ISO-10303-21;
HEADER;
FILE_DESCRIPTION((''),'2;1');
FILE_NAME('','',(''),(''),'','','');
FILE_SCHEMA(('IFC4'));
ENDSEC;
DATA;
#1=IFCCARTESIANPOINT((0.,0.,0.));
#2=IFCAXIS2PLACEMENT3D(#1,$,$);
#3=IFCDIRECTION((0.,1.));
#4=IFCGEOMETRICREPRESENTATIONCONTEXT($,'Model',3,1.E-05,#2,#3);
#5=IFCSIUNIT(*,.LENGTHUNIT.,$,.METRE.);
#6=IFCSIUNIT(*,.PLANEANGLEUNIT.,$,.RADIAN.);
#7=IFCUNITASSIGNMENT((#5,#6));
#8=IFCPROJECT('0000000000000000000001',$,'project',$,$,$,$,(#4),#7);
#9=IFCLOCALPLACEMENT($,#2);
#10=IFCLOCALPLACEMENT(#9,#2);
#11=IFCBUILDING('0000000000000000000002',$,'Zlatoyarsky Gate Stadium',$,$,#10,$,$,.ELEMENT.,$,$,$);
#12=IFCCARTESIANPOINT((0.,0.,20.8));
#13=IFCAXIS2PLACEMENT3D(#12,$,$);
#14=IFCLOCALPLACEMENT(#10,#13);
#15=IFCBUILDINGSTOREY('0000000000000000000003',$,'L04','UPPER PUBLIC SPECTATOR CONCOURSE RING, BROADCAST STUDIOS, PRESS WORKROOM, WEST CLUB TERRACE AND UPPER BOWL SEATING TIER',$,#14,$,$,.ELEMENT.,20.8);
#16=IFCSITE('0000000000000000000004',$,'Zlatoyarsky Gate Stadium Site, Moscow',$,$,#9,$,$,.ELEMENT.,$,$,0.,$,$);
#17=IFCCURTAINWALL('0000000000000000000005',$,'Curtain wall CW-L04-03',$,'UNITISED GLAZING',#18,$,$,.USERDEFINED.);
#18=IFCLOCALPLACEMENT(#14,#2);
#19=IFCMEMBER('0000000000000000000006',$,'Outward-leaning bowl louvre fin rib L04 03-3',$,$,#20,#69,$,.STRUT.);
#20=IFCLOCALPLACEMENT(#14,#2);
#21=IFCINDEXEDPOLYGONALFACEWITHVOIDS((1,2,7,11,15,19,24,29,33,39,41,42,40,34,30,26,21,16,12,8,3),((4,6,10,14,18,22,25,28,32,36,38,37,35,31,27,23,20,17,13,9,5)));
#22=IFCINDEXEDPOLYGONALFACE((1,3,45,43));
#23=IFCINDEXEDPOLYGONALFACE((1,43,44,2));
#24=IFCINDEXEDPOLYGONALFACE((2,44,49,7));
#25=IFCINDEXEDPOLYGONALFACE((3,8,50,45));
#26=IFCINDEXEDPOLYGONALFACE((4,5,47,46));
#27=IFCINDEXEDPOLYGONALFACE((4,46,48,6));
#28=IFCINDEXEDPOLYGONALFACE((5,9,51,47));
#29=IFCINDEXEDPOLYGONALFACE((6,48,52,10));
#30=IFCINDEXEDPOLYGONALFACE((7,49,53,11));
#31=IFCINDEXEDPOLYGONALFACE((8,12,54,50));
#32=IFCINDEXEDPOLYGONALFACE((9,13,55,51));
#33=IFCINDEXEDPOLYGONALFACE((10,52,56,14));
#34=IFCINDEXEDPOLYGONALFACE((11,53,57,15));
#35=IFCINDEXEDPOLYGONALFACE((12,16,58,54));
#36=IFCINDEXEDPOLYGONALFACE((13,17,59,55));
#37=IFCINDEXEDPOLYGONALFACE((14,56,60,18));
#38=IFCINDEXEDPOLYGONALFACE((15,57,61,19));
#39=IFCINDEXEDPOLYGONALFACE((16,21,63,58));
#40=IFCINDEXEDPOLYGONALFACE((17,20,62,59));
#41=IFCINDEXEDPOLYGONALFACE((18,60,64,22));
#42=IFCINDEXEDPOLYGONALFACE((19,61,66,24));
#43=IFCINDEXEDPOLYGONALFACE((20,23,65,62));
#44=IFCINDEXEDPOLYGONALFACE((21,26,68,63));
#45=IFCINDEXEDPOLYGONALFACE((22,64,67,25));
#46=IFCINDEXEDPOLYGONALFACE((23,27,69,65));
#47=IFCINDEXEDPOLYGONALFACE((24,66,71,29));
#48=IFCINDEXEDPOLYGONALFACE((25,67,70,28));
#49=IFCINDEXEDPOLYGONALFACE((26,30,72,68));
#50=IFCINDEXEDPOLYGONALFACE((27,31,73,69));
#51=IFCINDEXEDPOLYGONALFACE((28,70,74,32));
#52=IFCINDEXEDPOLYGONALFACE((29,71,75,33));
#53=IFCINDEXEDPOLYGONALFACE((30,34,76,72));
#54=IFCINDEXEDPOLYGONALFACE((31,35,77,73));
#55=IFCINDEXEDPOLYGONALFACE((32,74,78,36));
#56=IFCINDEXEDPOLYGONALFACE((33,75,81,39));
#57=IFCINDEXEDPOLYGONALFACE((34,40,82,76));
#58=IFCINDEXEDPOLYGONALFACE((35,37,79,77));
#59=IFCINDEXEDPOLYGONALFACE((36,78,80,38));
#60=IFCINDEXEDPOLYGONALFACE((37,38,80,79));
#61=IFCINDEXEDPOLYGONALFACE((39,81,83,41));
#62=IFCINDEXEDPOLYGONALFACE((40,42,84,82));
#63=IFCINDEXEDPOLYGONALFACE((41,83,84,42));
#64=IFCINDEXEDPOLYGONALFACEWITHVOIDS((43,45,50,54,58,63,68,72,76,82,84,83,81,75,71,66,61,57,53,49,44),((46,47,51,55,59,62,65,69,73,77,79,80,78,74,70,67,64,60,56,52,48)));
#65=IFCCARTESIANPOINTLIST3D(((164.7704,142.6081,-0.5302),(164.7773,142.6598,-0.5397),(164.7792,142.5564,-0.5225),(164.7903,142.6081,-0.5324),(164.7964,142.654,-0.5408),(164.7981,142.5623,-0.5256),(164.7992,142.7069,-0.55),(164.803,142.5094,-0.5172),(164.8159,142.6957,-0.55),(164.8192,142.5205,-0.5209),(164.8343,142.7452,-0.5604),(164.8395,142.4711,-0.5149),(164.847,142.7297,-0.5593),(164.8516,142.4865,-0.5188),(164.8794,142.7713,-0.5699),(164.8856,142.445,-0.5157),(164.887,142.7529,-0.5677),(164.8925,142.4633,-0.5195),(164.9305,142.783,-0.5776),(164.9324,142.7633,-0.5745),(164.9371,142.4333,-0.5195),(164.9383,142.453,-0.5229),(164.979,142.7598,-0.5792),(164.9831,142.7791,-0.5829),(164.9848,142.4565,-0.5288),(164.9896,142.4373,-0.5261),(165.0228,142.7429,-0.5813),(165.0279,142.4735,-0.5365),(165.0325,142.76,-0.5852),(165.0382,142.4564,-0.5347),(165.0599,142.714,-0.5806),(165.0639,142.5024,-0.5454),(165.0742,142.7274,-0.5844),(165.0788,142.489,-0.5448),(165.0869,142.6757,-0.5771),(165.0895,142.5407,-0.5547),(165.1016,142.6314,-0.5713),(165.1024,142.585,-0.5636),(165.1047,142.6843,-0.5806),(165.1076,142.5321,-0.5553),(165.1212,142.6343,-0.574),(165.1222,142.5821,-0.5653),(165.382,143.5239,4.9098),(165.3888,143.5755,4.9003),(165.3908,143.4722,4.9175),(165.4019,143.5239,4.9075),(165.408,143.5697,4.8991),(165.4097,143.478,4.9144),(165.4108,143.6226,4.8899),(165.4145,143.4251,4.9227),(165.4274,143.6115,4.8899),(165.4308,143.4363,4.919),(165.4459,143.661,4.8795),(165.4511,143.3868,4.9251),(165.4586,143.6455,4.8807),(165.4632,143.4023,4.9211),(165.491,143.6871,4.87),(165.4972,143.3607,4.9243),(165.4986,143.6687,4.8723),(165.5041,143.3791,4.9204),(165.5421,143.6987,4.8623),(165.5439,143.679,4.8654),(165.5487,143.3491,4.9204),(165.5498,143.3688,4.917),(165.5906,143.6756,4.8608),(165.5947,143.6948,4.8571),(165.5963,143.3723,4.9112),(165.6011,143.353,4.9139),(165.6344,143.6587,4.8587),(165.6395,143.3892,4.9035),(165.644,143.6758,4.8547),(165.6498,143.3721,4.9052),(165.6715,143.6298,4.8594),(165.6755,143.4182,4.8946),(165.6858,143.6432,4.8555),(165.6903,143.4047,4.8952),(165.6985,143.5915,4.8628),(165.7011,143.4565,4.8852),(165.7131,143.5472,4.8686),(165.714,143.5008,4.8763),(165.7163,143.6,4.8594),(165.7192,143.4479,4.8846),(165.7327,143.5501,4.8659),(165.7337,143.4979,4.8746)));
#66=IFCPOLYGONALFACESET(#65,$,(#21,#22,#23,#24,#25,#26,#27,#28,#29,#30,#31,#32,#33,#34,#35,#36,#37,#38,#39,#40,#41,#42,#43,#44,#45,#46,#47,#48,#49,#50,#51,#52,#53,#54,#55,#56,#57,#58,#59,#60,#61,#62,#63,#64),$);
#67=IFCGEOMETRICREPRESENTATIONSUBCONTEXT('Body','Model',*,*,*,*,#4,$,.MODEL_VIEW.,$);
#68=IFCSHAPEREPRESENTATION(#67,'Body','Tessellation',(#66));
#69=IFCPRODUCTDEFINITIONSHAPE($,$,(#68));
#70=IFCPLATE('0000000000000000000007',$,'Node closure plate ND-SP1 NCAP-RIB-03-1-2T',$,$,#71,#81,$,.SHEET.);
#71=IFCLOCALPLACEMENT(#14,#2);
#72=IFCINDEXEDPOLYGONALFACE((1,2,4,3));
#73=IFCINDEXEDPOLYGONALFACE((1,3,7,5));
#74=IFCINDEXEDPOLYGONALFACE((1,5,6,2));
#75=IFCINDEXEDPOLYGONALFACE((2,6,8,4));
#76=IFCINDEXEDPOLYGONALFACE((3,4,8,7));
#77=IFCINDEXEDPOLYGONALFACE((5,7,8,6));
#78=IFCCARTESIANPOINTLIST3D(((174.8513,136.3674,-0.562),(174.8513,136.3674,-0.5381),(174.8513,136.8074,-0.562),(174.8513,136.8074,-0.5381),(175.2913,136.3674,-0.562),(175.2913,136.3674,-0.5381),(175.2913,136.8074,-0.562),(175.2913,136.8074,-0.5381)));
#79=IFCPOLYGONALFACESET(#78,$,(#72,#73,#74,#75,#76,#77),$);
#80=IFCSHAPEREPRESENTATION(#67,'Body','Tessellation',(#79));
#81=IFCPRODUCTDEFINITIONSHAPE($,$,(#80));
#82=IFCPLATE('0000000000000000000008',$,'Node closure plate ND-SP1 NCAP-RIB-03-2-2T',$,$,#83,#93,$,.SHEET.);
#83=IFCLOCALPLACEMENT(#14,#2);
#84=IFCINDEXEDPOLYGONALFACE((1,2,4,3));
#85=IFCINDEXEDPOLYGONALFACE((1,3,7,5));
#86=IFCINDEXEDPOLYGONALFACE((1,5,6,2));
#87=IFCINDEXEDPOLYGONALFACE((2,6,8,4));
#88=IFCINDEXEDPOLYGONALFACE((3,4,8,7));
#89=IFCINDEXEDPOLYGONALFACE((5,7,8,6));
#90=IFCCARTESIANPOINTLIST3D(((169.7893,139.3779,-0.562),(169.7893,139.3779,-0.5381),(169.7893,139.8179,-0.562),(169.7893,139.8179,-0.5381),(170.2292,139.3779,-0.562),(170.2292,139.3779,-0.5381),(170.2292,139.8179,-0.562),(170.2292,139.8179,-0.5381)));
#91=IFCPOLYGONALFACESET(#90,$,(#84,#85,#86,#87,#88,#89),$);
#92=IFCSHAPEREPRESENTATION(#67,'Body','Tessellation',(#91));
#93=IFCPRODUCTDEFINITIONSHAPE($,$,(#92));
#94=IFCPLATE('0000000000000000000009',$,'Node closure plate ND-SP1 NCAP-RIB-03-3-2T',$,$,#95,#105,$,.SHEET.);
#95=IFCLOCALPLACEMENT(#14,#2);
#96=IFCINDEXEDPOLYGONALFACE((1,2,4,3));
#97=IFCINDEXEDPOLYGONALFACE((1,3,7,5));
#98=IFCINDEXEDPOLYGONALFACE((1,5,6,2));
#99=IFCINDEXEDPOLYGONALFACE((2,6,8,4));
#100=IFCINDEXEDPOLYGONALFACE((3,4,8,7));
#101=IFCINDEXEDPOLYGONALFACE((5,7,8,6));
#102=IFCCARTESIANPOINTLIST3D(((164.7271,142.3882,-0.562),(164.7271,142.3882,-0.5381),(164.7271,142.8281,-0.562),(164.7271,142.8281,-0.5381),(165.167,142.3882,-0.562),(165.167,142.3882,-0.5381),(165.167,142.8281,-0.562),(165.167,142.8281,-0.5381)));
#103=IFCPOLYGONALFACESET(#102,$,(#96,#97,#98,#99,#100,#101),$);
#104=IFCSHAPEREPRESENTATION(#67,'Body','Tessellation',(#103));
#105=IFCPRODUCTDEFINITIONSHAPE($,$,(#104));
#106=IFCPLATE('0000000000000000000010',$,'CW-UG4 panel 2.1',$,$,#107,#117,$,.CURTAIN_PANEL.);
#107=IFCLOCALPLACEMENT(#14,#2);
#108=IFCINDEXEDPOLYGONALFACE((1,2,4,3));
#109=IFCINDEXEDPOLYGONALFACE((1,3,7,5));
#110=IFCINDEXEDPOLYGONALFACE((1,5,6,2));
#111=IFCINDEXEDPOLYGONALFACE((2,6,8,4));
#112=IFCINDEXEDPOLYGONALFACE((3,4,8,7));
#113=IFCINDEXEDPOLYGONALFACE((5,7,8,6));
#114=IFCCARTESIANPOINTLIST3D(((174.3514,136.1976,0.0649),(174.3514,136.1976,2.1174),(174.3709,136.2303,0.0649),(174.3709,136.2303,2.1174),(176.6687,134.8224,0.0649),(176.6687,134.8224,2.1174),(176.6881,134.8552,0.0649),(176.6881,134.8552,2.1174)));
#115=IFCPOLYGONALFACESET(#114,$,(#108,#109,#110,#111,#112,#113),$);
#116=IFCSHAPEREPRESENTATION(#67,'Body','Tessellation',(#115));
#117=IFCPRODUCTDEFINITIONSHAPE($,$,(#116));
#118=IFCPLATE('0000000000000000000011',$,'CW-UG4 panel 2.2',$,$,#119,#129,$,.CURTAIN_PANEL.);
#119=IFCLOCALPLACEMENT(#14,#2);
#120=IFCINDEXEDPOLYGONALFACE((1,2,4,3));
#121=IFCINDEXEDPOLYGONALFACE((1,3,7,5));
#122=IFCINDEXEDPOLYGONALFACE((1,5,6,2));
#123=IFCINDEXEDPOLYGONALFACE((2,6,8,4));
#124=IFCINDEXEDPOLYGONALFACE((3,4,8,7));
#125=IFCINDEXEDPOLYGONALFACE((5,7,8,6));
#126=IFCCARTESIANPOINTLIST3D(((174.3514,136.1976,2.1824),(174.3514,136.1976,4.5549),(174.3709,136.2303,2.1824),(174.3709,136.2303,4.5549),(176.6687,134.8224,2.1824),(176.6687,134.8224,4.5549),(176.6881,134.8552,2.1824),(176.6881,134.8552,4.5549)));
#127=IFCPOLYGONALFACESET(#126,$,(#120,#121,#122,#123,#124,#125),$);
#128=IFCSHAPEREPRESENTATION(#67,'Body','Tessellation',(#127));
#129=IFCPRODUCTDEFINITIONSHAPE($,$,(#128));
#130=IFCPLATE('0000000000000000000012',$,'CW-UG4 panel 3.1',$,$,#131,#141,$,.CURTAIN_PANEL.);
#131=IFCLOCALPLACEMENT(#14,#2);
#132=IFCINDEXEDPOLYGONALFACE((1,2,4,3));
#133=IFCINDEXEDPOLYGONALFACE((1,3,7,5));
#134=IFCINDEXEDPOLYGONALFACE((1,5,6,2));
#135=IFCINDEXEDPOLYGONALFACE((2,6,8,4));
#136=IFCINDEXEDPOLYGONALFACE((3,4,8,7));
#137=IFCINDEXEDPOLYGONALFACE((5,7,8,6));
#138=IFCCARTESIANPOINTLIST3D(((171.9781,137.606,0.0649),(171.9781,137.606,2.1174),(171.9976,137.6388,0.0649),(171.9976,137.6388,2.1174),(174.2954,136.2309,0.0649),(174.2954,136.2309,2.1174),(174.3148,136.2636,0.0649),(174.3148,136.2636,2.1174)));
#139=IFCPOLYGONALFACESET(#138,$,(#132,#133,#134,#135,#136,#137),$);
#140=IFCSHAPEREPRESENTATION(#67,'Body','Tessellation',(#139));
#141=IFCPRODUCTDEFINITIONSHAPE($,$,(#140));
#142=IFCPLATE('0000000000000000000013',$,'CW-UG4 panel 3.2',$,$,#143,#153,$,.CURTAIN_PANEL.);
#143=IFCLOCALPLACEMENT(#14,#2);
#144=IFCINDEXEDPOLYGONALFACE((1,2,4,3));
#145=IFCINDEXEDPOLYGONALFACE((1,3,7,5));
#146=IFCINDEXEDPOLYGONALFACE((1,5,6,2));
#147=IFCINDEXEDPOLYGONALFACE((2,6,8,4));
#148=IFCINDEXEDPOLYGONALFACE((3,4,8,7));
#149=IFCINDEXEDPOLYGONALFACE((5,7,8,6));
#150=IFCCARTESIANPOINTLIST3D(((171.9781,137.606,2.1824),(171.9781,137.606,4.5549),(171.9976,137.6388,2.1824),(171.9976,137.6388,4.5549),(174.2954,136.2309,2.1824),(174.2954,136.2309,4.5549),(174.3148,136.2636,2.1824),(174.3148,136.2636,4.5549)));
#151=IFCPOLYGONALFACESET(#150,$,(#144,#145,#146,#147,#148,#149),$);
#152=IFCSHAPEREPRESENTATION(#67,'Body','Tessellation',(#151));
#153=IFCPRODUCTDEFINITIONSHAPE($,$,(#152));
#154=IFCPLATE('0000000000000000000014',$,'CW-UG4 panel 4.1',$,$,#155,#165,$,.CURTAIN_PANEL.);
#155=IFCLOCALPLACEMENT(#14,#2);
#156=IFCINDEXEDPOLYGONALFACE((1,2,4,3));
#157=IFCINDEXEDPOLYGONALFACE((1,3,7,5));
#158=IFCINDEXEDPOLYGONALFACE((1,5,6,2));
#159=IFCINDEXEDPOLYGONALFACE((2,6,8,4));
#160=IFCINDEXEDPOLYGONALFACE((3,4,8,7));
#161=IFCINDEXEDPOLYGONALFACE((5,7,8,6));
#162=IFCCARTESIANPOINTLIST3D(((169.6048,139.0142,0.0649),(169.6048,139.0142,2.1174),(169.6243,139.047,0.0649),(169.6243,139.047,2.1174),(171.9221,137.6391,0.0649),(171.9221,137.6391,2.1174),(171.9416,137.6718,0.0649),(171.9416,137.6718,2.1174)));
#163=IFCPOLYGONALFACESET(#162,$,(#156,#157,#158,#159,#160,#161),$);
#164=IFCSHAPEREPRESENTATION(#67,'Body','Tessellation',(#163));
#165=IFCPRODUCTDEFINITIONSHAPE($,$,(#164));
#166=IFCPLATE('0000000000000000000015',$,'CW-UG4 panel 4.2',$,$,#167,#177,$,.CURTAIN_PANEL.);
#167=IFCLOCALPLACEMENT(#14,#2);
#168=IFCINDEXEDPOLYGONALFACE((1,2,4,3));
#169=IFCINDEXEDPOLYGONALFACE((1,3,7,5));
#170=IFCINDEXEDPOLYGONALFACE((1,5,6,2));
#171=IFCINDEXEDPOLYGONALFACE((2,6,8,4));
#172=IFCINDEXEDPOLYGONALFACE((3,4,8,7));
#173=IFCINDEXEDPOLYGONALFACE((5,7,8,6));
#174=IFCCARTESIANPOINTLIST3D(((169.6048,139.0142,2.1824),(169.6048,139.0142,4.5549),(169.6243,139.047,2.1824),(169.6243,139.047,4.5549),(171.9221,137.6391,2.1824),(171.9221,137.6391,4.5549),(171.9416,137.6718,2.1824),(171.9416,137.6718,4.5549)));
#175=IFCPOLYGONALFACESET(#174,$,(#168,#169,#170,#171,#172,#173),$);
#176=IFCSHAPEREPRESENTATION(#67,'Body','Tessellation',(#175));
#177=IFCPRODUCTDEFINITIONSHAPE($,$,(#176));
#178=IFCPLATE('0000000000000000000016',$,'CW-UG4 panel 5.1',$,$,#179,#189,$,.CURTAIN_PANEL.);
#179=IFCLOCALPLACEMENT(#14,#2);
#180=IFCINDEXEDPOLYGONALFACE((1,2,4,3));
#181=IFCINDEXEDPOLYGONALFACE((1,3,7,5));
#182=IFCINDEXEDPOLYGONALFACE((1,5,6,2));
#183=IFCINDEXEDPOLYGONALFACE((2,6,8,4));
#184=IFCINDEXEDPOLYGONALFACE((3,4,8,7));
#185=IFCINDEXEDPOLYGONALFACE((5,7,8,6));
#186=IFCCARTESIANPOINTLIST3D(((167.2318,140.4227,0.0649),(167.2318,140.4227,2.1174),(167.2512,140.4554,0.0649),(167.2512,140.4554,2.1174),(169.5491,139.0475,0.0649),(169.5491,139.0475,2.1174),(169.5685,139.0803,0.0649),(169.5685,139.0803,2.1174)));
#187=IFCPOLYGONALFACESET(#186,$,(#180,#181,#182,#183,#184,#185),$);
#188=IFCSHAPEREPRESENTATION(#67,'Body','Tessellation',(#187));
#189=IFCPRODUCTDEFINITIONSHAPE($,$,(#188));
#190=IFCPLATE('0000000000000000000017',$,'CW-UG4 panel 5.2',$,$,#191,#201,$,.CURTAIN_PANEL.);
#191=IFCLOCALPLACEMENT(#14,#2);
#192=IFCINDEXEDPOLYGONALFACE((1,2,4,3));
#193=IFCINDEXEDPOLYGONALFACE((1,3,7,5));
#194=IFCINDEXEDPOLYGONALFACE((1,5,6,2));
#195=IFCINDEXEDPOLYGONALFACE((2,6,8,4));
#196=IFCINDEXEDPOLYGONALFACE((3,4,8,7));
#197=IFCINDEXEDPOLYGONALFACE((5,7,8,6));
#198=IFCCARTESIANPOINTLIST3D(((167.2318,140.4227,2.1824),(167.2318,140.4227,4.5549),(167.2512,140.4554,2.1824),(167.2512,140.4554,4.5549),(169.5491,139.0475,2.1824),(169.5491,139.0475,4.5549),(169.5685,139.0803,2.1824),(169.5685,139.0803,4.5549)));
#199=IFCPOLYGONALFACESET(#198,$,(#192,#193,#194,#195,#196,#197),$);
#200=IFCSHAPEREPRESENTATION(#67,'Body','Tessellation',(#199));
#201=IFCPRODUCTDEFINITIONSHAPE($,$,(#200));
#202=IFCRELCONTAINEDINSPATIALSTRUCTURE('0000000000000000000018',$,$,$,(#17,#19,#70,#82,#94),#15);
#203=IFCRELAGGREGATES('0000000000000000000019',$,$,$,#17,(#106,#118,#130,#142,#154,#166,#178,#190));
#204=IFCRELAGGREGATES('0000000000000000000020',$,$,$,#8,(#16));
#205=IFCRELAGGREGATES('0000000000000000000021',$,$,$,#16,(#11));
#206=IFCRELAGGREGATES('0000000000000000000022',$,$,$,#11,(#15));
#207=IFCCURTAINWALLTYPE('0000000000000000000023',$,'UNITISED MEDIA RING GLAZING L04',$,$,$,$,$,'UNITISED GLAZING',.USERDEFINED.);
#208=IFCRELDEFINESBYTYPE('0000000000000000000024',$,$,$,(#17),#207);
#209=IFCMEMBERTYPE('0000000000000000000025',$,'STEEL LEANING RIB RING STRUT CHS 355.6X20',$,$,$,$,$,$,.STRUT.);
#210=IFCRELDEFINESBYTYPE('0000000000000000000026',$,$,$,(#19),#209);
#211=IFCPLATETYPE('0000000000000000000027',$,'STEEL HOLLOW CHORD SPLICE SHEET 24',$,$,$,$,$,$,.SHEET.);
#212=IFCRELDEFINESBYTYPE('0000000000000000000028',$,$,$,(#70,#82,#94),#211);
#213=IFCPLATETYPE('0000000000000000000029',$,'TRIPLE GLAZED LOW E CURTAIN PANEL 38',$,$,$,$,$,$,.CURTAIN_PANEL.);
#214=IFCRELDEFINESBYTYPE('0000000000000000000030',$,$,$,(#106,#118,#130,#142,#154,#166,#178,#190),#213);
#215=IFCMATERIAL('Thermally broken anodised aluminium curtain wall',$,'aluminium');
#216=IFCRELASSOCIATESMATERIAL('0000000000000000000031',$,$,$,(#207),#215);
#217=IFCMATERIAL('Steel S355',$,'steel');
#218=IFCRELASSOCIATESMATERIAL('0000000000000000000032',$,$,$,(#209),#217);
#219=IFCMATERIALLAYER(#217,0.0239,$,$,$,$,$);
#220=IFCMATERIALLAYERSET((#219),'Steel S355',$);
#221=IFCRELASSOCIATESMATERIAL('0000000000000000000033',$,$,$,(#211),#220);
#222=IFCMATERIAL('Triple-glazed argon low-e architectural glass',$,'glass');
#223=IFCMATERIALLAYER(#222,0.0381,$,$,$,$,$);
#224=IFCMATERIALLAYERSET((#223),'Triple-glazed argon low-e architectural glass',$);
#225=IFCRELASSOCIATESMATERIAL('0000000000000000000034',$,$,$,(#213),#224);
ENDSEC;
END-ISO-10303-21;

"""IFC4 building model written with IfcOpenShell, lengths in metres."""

from ifc_helpers import new_model, si_unit, direction, frame, origin, origin_2d, place, context, subcontext, project, spatial, rectangle, hollow_circle, extrude, material, layer, layer_set, material_profile, profile_set, type_object, element, aggregate, save


model = new_model("IFC4")

# Units and contexts
model_context = context("Model", 3, precision=1e-05, world=origin(), true_north=direction((0.0, 1.0)))
body_context = subcontext(model_context, "Body", "Model", "MODEL_VIEW")
ifc_project = project(units=[si_unit("LENGTHUNIT", "METRE"), si_unit("PLANEANGLEUNIT", "RADIAN")], contexts=[model_context])

# Site, building, storey
site_placement = place(None, origin())
site = spatial("IfcSite", under=ifc_project, at=site_placement, Name="Zlatoyarsky Gate Stadium Site, Moscow", CompositionType="ELEMENT", RefElevation=0.0)
building_placement = place(site_placement, origin())
building = spatial("IfcBuilding", under=site, at=building_placement, Name="Zlatoyarsky Gate Stadium", CompositionType="ELEMENT")
storey_placement = place(building_placement, frame((0.0, 0.0, 20.8)))
storey = spatial("IfcBuildingStorey", under=building, at=storey_placement, Name="L04", Description="UPPER PUBLIC SPECTATOR CONCOURSE RING, BROADCAST STUDIOS, PRESS WORKROOM, WEST CLUB TERRACE AND UPPER BOWL SEATING TIER", CompositionType="ELEMENT", Elevation=20.8)

# Curtain wall
ifc_material_1 = material(Name="Thermally broken anodised aluminium curtain wall", Category="aluminium")
curtain_wall_type = type_object("IfcCurtainWallType", Name="UNITISED MEDIA RING GLAZING L04", ElementType="UNITISED GLAZING", PredefinedType="USERDEFINED", material=ifc_material_1)
curtain_wall_placement = place(storey_placement, origin())
curtain_wall = element("IfcCurtainWall", 1, at=curtain_wall_placement, inside=storey, type_object=curtain_wall_type, Name="Curtain wall CW-L04-03", ObjectType="UNITISED GLAZING", PredefinedType="USERDEFINED")

# Member
ifc_material_2 = material(Name="Steel S355", Category="steel")
ifc_material_profile_1 = material_profile(ifc_material_2, hollow_circle(Radius=0.1777, WallThickness=0.02, at=origin_2d()), Name="CHS 355.6X20")
ifc_profile_set_1 = profile_set([ifc_material_profile_1], Name="Steel S355")
member_type_1 = type_object("IfcMemberType", Name="STEEL LEANING RIB RING STRUT CHS 355.6X20", PredefinedType="STRUT", material=ifc_profile_set_1)
member_1_placement = place(storey_placement, frame((164.947, 142.6082, -0.55), z_axis=(0.110188, 0.164996, 0.98012), x_axis=(-0.831607, 0.555365, 0.0)))
element("IfcMember", 2, at=member_1_placement, inside=storey, type_object=member_type_1, Name="Outward-leaning bowl louvre fin rib L04 03-3", PredefinedType="STRUT", context=body_context, shape_type="SweptSolid", body=[
    extrude(hollow_circle(Radius=0.1777, WallThickness=0.02, at=origin_2d()), origin(), (0.0, 0.0, 1.0), 5.5503),
])

# Plates
ifc_layer_1 = layer(ifc_material_2, 0.0239)
ifc_layer_set_1 = layer_set([ifc_layer_1], Name="Steel S355")
plate_type_1 = type_object("IfcPlateType", Name="STEEL HOLLOW CHORD SPLICE SHEET 24", PredefinedType="SHEET", material=ifc_layer_set_1)
for number, where, z_axis, x_axis, name in (
    (3, (175.0713, 136.5874, -0.562), (0.0, 0.0, 1.0), (1.0, 0.0, 0.0), "Node closure plate ND-SP1 NCAP-RIB-03-1-2T"),
    (4, (170.0093, 139.5979, -0.562), (0.0, 0.0, 1.0), (1.0, 0.0, 0.0), "Node closure plate ND-SP1 NCAP-RIB-03-2-2T"),
    (5, (164.947, 142.6082, -0.562), (0.0, 0.0, 1.0), (1.0, 0.0, 0.0), "Node closure plate ND-SP1 NCAP-RIB-03-3-2T"),
):
    element("IfcPlate", number, at=place(storey_placement, frame(where, z_axis=z_axis, x_axis=x_axis)), inside=storey, type_object=plate_type_1, Name=name, PredefinedType="SHEET", context=body_context, shape_type="SweptSolid", body=[
        extrude(rectangle(XDim=0.4399, YDim=0.4399, at=origin_2d()), origin(), (0.0, 0.0, 1.0), 0.0239),
    ])

# Plates
ifc_material_3 = material(Name="Triple-glazed argon low-e architectural glass", Category="glass")
ifc_layer_2 = layer(ifc_material_3, 0.0381)
ifc_layer_set_2 = layer_set([ifc_layer_2], Name="Triple-glazed argon low-e architectural glass")
plate_type_2 = type_object("IfcPlateType", Name="TRIPLE GLAZED LOW E CURTAIN PANEL 38", PredefinedType="CURTAIN_PANEL", material=ifc_layer_set_2)
plate_1_placement = place(storey_placement, frame((175.5198, 135.5264, 0.0649), z_axis=(0.0, 0.0, 1.0), x_axis=(-0.859978, 0.51033, 0.0)))
plate_1 = element("IfcPlate", 6, at=plate_1_placement, type_object=plate_type_2, Name="CW-UG4 panel 2.1", PredefinedType="CURTAIN_PANEL", context=body_context, shape_type="SweptSolid", body=[
    extrude(rectangle(XDim=2.6946, YDim=0.0381, at=origin_2d()), origin(), (0.0, 0.0, 1.0), 2.0525),
])
plate_2_placement = place(storey_placement, frame((175.5198, 135.5264, 2.1824), z_axis=(0.0, 0.0, 1.0), x_axis=(-0.859978, 0.51033, 0.0)))
plate_2 = element("IfcPlate", 7, at=plate_2_placement, type_object=plate_type_2, Name="CW-UG4 panel 2.2", PredefinedType="CURTAIN_PANEL", context=body_context, shape_type="SweptSolid", body=[
    extrude(rectangle(XDim=2.6946, YDim=0.0381, at=origin_2d()), origin(), (0.0, 0.0, 1.0), 2.3726),
])
plate_3_placement = place(storey_placement, frame((173.1465, 136.9348, 0.0649), z_axis=(0.0, 0.0, 1.0), x_axis=(-0.859978, 0.51033, 0.0)))
plate_3 = element("IfcPlate", 8, at=plate_3_placement, type_object=plate_type_2, Name="CW-UG4 panel 3.1", PredefinedType="CURTAIN_PANEL", context=body_context, shape_type="SweptSolid", body=[
    extrude(rectangle(XDim=2.6946, YDim=0.0381, at=origin_2d()), origin(), (0.0, 0.0, 1.0), 2.0525),
])
plate_4_placement = place(storey_placement, frame((173.1465, 136.9348, 2.1824), z_axis=(0.0, 0.0, 1.0), x_axis=(-0.859978, 0.51033, 0.0)))
plate_4 = element("IfcPlate", 9, at=plate_4_placement, type_object=plate_type_2, Name="CW-UG4 panel 3.2", PredefinedType="CURTAIN_PANEL", context=body_context, shape_type="SweptSolid", body=[
    extrude(rectangle(XDim=2.6946, YDim=0.0381, at=origin_2d()), origin(), (0.0, 0.0, 1.0), 2.3726),
])
plate_5_placement = place(storey_placement, frame((170.7732, 138.343, 0.0649), z_axis=(0.0, 0.0, 1.0), x_axis=(-0.859978, 0.51033, 0.0)))
plate_5 = element("IfcPlate", 10, at=plate_5_placement, type_object=plate_type_2, Name="CW-UG4 panel 4.1", PredefinedType="CURTAIN_PANEL", context=body_context, shape_type="SweptSolid", body=[
    extrude(rectangle(XDim=2.6946, YDim=0.0381, at=origin_2d()), origin(), (0.0, 0.0, 1.0), 2.0525),
])
plate_6_placement = place(storey_placement, frame((170.7732, 138.343, 2.1824), z_axis=(0.0, 0.0, 1.0), x_axis=(-0.859978, 0.51033, 0.0)))
plate_6 = element("IfcPlate", 11, at=plate_6_placement, type_object=plate_type_2, Name="CW-UG4 panel 4.2", PredefinedType="CURTAIN_PANEL", context=body_context, shape_type="SweptSolid", body=[
    extrude(rectangle(XDim=2.6946, YDim=0.0381, at=origin_2d()), origin(), (0.0, 0.0, 1.0), 2.3726),
])
plate_7_placement = place(storey_placement, frame((168.4001, 139.7515, 0.0649), z_axis=(0.0, 0.0, 1.0), x_axis=(-0.859978, 0.51033, 0.0)))
plate_7 = element("IfcPlate", 12, at=plate_7_placement, type_object=plate_type_2, Name="CW-UG4 panel 5.1", PredefinedType="CURTAIN_PANEL", context=body_context, shape_type="SweptSolid", body=[
    extrude(rectangle(XDim=2.6946, YDim=0.0381, at=origin_2d()), origin(), (0.0, 0.0, 1.0), 2.0525),
])
plate_8_placement = place(storey_placement, frame((168.4001, 139.7515, 2.1824), z_axis=(0.0, 0.0, 1.0), x_axis=(-0.859978, 0.51033, 0.0)))
plate_8 = element("IfcPlate", 13, at=plate_8_placement, type_object=plate_type_2, Name="CW-UG4 panel 5.2", PredefinedType="CURTAIN_PANEL", context=body_context, shape_type="SweptSolid", body=[
    extrude(rectangle(XDim=2.6946, YDim=0.0381, at=origin_2d()), origin(), (0.0, 0.0, 1.0), 2.3726),
])
aggregate(curtain_wall, [plate_1, plate_2, plate_3, plate_4, plate_5, plate_6, plate_7, plate_8])

save(model, "model.ifc")
